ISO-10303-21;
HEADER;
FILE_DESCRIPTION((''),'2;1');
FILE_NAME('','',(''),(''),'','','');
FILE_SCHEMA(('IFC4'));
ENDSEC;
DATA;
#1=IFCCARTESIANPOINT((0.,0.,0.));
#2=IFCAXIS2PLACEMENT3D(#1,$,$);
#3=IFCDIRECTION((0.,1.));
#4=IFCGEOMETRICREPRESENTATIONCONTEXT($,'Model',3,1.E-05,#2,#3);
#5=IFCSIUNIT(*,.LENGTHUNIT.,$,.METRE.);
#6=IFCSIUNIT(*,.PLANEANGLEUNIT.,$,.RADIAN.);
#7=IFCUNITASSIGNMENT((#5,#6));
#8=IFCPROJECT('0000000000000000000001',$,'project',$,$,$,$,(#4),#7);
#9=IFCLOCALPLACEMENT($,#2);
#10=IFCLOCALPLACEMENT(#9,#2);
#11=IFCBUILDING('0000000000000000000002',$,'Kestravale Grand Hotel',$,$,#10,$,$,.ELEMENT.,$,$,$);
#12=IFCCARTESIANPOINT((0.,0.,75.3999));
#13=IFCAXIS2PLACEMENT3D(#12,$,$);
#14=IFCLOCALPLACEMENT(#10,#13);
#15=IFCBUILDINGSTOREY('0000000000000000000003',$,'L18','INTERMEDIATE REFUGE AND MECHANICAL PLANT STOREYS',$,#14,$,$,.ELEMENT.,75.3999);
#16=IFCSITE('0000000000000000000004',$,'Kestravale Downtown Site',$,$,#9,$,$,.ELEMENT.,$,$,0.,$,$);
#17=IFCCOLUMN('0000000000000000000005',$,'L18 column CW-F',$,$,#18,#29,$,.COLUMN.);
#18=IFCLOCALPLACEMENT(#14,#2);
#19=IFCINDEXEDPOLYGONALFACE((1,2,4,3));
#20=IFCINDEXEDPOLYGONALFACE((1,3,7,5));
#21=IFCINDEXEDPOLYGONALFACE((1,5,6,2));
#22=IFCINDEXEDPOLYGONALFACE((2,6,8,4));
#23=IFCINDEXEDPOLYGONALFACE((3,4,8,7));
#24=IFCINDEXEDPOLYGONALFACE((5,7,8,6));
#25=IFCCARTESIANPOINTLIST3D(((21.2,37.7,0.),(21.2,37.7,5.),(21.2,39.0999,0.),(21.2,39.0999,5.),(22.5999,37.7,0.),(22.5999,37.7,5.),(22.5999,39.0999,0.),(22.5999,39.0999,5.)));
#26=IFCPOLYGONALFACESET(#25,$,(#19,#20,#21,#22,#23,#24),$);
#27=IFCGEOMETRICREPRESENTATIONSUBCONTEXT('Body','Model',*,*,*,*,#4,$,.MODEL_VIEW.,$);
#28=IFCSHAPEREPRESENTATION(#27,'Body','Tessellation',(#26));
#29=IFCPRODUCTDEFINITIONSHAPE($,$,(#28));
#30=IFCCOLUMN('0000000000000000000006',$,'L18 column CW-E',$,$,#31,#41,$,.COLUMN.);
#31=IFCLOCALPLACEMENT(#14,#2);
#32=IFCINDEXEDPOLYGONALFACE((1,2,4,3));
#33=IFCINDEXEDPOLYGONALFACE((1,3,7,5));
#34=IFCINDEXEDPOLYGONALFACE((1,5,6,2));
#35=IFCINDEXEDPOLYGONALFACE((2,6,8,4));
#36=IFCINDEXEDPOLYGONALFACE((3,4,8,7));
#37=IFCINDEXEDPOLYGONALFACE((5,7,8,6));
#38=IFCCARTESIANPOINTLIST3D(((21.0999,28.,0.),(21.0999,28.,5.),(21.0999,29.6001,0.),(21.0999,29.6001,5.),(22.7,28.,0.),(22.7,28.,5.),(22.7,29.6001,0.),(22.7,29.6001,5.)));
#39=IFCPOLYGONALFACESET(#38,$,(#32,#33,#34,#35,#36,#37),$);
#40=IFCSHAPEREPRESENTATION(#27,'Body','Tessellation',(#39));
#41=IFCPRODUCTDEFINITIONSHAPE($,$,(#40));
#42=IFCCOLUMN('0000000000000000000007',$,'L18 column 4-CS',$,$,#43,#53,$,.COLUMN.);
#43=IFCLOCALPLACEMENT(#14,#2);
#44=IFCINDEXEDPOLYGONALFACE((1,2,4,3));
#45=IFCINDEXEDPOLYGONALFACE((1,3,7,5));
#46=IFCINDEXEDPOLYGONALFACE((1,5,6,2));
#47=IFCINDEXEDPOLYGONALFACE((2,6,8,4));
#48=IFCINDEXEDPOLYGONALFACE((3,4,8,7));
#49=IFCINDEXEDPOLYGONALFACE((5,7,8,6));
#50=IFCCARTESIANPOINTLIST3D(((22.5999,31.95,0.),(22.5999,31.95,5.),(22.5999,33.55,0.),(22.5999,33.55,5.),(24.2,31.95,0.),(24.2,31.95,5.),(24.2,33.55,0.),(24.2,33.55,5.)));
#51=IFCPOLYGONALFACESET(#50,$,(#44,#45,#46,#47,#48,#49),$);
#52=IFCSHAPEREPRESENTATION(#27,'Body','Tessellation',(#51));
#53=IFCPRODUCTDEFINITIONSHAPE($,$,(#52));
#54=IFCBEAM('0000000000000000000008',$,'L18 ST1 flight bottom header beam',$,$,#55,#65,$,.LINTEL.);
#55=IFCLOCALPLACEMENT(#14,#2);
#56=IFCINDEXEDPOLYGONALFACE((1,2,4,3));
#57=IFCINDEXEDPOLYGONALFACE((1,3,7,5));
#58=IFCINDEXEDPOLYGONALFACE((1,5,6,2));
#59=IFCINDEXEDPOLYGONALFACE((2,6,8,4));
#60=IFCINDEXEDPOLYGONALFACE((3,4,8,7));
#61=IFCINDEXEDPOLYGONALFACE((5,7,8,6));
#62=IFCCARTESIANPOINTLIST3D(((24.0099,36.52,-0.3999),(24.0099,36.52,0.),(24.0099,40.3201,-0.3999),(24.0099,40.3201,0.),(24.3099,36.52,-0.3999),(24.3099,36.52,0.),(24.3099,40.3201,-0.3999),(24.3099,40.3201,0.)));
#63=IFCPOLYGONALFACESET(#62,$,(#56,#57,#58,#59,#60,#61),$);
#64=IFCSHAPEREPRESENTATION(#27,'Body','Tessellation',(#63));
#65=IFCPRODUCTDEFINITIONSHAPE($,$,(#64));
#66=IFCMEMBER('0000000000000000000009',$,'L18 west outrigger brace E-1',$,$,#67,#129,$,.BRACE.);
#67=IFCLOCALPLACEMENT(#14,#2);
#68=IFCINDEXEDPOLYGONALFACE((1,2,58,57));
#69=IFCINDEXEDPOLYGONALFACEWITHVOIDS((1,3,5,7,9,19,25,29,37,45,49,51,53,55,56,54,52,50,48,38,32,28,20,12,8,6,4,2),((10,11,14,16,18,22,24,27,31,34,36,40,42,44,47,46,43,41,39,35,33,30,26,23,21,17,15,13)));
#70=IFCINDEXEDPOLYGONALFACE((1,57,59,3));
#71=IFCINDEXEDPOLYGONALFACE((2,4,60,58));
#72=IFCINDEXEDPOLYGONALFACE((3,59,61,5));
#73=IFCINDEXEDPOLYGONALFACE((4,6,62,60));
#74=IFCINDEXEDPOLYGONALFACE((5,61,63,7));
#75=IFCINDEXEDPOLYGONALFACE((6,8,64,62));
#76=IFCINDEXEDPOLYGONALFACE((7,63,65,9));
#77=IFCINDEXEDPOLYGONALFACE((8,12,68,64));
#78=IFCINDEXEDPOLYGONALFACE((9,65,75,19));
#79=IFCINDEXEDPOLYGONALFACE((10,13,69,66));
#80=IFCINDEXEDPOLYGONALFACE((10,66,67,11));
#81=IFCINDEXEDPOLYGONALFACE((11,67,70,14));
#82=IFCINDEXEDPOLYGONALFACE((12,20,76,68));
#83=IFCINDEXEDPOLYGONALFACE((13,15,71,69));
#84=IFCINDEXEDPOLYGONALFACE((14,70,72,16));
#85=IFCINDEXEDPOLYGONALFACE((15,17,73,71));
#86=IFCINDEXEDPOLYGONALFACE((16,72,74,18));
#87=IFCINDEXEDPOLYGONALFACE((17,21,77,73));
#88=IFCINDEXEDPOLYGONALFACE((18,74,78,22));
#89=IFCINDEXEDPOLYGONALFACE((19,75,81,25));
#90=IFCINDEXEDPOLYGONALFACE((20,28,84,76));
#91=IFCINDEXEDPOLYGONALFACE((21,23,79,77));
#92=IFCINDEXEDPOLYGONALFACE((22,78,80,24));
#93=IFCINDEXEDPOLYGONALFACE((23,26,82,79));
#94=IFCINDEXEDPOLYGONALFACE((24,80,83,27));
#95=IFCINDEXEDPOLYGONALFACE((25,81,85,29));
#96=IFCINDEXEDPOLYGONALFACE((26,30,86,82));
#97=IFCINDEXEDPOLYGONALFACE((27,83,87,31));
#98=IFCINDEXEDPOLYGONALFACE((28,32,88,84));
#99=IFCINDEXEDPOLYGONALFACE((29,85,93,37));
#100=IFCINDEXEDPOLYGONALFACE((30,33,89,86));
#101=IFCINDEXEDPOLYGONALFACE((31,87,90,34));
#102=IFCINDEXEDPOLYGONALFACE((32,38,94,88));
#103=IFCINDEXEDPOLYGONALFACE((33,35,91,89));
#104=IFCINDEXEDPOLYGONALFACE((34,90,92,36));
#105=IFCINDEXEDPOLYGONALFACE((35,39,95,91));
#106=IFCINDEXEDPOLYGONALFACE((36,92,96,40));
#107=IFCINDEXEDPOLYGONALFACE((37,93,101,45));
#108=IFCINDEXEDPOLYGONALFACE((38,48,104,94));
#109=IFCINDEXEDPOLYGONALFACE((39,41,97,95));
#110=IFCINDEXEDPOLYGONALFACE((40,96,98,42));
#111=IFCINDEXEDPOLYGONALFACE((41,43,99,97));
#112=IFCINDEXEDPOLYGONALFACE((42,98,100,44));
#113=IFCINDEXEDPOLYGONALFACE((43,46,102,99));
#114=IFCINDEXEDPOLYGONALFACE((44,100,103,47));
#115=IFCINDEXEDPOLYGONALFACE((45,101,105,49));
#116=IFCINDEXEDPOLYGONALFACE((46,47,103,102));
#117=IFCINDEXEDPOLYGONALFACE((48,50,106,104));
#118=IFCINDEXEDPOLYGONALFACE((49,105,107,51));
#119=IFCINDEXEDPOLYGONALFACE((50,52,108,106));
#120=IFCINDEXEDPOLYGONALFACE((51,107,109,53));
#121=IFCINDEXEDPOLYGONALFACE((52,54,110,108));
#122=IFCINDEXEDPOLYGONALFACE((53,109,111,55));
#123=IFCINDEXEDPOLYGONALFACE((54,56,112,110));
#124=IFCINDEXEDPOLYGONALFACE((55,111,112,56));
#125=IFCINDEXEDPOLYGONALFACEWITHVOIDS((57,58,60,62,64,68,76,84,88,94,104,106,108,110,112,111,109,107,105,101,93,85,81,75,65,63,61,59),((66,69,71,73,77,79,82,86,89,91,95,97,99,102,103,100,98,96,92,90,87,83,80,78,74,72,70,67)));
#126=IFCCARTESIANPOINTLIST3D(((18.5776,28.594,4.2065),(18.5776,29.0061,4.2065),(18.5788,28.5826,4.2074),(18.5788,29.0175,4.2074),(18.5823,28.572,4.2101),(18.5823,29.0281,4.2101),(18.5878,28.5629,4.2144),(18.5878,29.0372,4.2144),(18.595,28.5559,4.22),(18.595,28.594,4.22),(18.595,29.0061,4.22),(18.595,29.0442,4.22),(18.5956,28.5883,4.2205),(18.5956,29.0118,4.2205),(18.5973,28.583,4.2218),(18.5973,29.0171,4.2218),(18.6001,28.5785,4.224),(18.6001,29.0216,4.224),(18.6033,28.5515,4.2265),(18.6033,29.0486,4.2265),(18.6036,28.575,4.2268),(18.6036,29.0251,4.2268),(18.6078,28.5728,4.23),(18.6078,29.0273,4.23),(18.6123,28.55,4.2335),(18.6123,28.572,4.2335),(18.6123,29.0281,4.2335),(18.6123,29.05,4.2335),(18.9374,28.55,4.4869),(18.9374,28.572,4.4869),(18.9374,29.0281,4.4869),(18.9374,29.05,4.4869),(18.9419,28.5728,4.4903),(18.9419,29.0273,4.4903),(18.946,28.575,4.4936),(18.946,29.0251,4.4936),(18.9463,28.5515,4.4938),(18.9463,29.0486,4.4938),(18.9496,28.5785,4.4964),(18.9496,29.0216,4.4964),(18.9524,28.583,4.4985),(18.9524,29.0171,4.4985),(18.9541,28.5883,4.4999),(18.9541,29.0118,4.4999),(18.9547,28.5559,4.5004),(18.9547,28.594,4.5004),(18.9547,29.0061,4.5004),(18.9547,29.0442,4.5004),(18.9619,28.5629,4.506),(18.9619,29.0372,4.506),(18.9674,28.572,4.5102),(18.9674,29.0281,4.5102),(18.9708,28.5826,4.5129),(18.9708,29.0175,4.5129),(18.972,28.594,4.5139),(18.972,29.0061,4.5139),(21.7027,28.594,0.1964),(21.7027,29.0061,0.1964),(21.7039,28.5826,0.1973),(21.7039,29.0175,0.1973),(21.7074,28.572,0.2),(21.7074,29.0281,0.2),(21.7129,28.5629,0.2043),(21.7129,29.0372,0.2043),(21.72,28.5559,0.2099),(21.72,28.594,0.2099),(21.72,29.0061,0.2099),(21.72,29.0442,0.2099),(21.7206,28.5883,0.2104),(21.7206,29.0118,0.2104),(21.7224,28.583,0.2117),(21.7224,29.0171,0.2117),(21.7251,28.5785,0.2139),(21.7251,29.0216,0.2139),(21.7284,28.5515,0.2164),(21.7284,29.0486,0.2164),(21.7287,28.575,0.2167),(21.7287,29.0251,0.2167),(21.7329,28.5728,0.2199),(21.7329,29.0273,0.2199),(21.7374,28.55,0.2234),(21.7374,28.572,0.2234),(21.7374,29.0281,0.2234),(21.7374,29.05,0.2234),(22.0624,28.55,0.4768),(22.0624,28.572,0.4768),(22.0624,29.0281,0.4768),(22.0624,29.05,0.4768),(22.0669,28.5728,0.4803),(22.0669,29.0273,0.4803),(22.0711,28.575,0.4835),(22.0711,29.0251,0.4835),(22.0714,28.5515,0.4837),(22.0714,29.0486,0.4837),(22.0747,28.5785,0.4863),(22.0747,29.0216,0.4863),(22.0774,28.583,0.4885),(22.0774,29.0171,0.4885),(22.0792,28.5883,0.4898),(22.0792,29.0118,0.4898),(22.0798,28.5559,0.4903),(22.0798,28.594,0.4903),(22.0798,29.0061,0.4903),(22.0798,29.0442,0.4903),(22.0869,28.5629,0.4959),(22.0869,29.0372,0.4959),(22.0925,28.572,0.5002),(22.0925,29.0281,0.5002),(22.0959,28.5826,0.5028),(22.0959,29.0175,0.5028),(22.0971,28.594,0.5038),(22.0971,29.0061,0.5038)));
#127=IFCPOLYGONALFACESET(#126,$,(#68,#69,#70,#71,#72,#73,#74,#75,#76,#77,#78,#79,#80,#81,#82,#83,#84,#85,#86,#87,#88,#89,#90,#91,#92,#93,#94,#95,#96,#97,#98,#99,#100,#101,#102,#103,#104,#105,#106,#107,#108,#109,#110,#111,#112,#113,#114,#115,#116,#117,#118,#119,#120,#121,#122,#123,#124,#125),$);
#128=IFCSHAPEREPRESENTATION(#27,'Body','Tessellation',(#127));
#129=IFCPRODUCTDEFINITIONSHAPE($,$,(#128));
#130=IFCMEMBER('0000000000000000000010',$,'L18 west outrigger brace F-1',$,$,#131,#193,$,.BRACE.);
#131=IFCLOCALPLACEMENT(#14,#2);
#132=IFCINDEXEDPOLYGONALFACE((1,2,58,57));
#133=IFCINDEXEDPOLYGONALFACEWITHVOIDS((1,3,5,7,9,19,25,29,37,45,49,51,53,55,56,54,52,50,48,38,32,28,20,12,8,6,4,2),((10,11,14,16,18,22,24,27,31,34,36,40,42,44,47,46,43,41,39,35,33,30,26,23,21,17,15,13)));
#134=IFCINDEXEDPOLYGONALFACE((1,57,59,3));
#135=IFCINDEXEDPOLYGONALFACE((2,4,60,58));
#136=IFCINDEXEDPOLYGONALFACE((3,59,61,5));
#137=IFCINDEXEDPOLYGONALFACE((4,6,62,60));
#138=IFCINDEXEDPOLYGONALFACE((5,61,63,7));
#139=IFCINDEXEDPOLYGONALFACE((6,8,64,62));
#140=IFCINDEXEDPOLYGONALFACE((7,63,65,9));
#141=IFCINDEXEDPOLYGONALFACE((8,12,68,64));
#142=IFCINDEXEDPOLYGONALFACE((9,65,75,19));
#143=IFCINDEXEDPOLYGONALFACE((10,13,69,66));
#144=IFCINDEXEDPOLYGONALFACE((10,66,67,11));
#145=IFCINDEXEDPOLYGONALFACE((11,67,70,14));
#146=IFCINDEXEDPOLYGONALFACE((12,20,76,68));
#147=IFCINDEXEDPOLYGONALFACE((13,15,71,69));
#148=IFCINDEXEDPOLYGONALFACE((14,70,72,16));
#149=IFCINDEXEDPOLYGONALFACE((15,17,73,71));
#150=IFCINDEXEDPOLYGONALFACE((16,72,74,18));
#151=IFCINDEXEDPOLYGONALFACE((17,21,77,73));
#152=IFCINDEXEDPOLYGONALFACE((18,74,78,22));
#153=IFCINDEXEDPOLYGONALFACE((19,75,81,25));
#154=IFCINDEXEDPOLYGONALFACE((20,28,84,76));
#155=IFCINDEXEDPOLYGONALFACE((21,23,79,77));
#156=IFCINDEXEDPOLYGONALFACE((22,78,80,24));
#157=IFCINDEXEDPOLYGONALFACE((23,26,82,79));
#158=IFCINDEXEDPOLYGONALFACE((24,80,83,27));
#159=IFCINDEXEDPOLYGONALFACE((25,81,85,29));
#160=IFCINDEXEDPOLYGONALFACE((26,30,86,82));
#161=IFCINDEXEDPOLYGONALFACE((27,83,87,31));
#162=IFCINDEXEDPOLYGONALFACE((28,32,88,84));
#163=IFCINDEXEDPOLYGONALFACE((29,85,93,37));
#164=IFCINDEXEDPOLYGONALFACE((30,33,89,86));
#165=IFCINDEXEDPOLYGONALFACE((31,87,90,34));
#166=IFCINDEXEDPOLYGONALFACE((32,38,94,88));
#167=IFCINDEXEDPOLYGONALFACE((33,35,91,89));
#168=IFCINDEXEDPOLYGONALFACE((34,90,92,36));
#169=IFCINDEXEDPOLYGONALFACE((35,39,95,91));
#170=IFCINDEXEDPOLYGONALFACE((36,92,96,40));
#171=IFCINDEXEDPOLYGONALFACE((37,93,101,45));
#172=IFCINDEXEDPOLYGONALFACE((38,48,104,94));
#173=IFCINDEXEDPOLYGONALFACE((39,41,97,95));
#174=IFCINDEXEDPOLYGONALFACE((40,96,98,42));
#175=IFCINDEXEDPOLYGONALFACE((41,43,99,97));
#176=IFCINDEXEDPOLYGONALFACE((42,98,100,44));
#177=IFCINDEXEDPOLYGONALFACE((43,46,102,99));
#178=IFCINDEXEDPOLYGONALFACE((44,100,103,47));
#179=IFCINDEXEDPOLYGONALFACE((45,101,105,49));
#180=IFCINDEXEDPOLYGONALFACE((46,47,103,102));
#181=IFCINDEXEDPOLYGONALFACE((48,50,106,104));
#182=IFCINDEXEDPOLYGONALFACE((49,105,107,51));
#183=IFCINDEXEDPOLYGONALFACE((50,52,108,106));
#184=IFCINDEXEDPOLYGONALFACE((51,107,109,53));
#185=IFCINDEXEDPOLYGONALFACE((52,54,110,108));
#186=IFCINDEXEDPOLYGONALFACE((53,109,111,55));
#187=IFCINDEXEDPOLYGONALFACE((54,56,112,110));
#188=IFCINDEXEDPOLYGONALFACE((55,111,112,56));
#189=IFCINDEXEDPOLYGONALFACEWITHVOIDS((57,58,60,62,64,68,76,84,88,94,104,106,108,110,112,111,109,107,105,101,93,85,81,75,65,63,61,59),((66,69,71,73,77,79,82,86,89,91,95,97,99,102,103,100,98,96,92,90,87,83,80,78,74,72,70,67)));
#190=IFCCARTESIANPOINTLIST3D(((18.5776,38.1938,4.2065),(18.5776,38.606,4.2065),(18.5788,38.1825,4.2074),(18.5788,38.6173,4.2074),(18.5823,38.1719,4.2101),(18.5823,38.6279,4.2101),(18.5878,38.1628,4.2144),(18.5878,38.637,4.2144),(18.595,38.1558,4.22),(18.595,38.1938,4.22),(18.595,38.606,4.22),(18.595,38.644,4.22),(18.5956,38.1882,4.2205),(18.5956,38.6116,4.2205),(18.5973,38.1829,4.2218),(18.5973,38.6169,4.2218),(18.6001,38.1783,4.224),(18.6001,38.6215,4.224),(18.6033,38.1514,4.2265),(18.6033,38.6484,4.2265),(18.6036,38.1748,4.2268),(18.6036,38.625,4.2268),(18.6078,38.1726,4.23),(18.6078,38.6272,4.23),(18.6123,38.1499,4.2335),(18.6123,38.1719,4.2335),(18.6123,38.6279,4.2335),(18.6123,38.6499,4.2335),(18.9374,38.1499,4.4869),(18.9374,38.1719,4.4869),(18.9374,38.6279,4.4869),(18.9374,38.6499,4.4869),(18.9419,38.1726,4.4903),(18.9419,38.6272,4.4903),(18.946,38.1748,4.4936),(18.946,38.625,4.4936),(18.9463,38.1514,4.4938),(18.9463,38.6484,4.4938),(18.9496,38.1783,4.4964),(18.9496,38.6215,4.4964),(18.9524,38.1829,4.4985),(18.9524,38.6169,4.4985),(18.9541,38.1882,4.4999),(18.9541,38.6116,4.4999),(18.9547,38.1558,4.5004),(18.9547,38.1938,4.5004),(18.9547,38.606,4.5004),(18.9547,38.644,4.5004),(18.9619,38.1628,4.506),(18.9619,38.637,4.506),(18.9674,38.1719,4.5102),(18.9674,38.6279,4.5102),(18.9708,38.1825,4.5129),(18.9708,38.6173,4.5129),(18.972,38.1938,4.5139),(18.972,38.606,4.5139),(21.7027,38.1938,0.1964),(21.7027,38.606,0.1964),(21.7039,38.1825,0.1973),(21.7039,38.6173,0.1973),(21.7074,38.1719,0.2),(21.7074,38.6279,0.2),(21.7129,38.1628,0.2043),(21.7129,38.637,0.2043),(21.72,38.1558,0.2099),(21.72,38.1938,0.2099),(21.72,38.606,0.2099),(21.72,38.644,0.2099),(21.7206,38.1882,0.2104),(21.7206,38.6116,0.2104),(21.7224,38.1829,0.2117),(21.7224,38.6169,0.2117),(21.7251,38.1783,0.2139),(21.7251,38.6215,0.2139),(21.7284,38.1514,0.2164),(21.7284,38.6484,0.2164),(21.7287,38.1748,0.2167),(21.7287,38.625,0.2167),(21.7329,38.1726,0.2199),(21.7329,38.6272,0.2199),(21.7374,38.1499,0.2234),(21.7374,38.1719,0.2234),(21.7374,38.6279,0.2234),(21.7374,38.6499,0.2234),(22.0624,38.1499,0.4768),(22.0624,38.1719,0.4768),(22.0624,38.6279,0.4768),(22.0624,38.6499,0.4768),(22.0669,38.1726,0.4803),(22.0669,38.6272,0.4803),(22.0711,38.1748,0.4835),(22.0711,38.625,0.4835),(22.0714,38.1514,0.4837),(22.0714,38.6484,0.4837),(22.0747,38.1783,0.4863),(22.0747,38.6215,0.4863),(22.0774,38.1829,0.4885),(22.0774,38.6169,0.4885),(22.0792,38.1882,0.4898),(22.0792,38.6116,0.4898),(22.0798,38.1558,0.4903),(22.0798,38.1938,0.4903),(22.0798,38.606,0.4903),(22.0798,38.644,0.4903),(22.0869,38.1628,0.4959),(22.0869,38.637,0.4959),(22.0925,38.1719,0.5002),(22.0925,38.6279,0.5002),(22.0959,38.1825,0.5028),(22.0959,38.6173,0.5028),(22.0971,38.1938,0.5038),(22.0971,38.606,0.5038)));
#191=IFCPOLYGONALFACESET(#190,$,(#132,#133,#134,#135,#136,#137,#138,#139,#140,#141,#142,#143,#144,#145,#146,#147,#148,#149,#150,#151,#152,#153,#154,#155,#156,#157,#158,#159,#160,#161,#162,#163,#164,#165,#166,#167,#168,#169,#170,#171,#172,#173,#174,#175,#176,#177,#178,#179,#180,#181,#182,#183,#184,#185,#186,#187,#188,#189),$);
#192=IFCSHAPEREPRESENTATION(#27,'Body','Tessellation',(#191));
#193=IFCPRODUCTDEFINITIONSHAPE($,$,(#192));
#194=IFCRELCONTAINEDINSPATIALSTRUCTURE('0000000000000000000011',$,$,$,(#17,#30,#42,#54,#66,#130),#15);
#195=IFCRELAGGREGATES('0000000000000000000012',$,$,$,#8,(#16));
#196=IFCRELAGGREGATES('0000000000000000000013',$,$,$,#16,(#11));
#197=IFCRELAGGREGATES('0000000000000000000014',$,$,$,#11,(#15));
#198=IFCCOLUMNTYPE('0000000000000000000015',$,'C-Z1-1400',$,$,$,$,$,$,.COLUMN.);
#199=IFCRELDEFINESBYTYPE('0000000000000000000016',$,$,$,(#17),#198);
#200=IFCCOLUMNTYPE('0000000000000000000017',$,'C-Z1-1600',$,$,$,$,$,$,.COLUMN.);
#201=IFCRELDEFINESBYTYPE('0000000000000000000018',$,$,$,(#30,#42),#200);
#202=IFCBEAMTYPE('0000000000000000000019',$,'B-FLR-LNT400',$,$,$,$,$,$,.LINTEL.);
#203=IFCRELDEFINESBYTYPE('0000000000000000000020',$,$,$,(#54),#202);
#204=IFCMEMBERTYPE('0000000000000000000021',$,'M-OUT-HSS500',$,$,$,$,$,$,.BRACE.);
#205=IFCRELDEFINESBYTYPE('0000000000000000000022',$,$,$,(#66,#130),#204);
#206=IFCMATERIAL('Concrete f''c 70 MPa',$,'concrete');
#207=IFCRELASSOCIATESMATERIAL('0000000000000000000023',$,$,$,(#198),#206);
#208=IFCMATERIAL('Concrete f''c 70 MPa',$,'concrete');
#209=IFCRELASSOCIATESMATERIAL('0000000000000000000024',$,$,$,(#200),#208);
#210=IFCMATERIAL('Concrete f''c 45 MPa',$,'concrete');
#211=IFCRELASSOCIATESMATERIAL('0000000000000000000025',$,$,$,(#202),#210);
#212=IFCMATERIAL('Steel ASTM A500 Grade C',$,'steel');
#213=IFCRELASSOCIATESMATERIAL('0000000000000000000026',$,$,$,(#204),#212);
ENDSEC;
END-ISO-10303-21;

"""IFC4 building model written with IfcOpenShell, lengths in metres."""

from ifc_helpers import new_model, si_unit, direction, frame, origin, origin_2d, place, context, subcontext, project, spatial, rectangle, hollow_rectangle, extrude, material, material_profile, profile_set, type_object, element, save


model = new_model("IFC4")

# Units and contexts
model_context = context("Model", 3, precision=1e-05, world=origin(), true_north=direction((0.0, 1.0)))
body_context = subcontext(model_context, "Body", "Model", "MODEL_VIEW")
ifc_project = project(units=[si_unit("LENGTHUNIT", "METRE"), si_unit("PLANEANGLEUNIT", "RADIAN")], contexts=[model_context])

# Site, building, storey
site_placement = place(None, origin())
site = spatial("IfcSite", under=ifc_project, at=site_placement, Name="Kestravale Downtown Site", CompositionType="ELEMENT", RefElevation=0.0)
building_placement = place(site_placement, origin())
building = spatial("IfcBuilding", under=site, at=building_placement, Name="Kestravale Grand Hotel", CompositionType="ELEMENT")
storey_placement = place(building_placement, frame((0.0, 0.0, 75.3999)))
storey = spatial("IfcBuildingStorey", under=building, at=storey_placement, Name="L18", Description="INTERMEDIATE REFUGE AND MECHANICAL PLANT STOREYS", CompositionType="ELEMENT", Elevation=75.3999)

# Columns
ifc_material_1 = material(Name="Concrete f'c 70 MPa", Category="concrete")
ifc_material_profile_1 = material_profile(ifc_material_1, rectangle(XDim=1.3999, YDim=1.3999, at=origin_2d()))
ifc_profile_set_1 = profile_set([ifc_material_profile_1], Name="Concrete f'c 70 MPa")
column_type_1 = type_object("IfcColumnType", Name="C-Z1-1400", PredefinedType="COLUMN", material=ifc_profile_set_1)
column_placement = place(storey_placement, frame((21.8999, 38.3999, 0.0), z_axis=(0.0, 0.0, 1.0), x_axis=(1.0, 0.0, 0.0)))
element("IfcColumn", 1, at=column_placement, inside=storey, type_object=column_type_1, Name="L18 column CW-F", PredefinedType="COLUMN", context=body_context, shape_type="SweptSolid", body=[
    extrude(rectangle(XDim=1.3999, YDim=1.3999, at=origin_2d()), origin(), (0.0, 0.0, 1.0), 5.0),
])
ifc_material_2 = material(Name="Concrete f'c 70 MPa", Category="concrete")
ifc_material_profile_2 = material_profile(ifc_material_2, rectangle(XDim=1.6001, YDim=1.6001, at=origin_2d()))
ifc_profile_set_2 = profile_set([ifc_material_profile_2], Name="Concrete f'c 70 MPa")
column_type_2 = type_object("IfcColumnType", Name="C-Z1-1600", PredefinedType="COLUMN", material=ifc_profile_set_2)
for number, where, z_axis, x_axis, name in (
    (2, (21.8999, 28.8, 0.0), (0.0, 0.0, 1.0), (1.0, 0.0, 0.0), "L18 column CW-E"),
    (3, (23.3999, 32.75, 0.0), (0.0, 0.0, 1.0), (1.0, 0.0, 0.0), "L18 column 4-CS"),
):
    element("IfcColumn", number, at=place(storey_placement, frame(where, z_axis=z_axis, x_axis=x_axis)), inside=storey, type_object=column_type_2, Name=name, PredefinedType="COLUMN", context=body_context, shape_type="SweptSolid", body=[
        extrude(rectangle(XDim=1.6001, YDim=1.6001, at=origin_2d()), origin(), (0.0, 0.0, 1.0), 5.0),
    ])

# Beam
ifc_material_3 = material(Name="Concrete f'c 45 MPa", Category="concrete")
ifc_material_profile_3 = material_profile(ifc_material_3, rectangle(XDim=0.3, YDim=0.3999, at=origin_2d()))
ifc_profile_set_3 = profile_set([ifc_material_profile_3], Name="Concrete f'c 45 MPa")
beam_type = type_object("IfcBeamType", Name="B-FLR-LNT400", PredefinedType="LINTEL", material=ifc_profile_set_3)
beam_placement = place(storey_placement, frame((24.1599, 36.52, -0.2), z_axis=(0.0, 1.0, 0.0), x_axis=(-1.0, 0.0, 0.0)))
element("IfcBeam", 4, at=beam_placement, inside=storey, type_object=beam_type, Name="L18 ST1 flight bottom header beam", PredefinedType="LINTEL", context=body_context, shape_type="SweptSolid", body=[
    extrude(rectangle(XDim=0.3, YDim=0.3999, at=origin_2d()), origin(), (0.0, 0.0, 1.0), 3.8),
])

# Members
ifc_material_4 = material(Name="Steel ASTM A500 Grade C", Category="steel")
ifc_material_profile_4 = material_profile(ifc_material_4, hollow_rectangle(XDim=0.5, YDim=0.5, WallThickness=0.022, InnerFilletRadius=0.022, OuterFilletRadius=0.0439, at=origin_2d()))
ifc_profile_set_4 = profile_set([ifc_material_profile_4], Name="Steel ASTM A500 Grade C")
member_type = type_object("IfcMemberType", Name="M-OUT-HSS500", PredefinedType="BRACE", material=ifc_profile_set_4)
for number, where, z_axis, x_axis, name in (
    (5, (21.8999, 28.8, 0.3501), (-0.614688, 0.0, 0.78877), (0.0, -1.0, 0.0), "L18 west outrigger brace E-1"),
    (6, (21.8999, 38.3999, 0.3501), (-0.614688, 0.0, 0.78877), (0.0, -1.0, 0.0), "L18 west outrigger brace F-1"),
):
    element("IfcMember", number, at=place(storey_placement, frame(where, z_axis=z_axis, x_axis=x_axis)), inside=storey, type_object=member_type, Name=name, PredefinedType="BRACE", context=body_context, shape_type="SweptSolid", body=[
        extrude(hollow_rectangle(XDim=0.5, YDim=0.5, WallThickness=0.022, InnerFilletRadius=0.022, OuterFilletRadius=0.0439, at=origin_2d()), origin(), (0.0, 0.0, 1.0), 5.084),
    ])

save(model, "model.ifc")
